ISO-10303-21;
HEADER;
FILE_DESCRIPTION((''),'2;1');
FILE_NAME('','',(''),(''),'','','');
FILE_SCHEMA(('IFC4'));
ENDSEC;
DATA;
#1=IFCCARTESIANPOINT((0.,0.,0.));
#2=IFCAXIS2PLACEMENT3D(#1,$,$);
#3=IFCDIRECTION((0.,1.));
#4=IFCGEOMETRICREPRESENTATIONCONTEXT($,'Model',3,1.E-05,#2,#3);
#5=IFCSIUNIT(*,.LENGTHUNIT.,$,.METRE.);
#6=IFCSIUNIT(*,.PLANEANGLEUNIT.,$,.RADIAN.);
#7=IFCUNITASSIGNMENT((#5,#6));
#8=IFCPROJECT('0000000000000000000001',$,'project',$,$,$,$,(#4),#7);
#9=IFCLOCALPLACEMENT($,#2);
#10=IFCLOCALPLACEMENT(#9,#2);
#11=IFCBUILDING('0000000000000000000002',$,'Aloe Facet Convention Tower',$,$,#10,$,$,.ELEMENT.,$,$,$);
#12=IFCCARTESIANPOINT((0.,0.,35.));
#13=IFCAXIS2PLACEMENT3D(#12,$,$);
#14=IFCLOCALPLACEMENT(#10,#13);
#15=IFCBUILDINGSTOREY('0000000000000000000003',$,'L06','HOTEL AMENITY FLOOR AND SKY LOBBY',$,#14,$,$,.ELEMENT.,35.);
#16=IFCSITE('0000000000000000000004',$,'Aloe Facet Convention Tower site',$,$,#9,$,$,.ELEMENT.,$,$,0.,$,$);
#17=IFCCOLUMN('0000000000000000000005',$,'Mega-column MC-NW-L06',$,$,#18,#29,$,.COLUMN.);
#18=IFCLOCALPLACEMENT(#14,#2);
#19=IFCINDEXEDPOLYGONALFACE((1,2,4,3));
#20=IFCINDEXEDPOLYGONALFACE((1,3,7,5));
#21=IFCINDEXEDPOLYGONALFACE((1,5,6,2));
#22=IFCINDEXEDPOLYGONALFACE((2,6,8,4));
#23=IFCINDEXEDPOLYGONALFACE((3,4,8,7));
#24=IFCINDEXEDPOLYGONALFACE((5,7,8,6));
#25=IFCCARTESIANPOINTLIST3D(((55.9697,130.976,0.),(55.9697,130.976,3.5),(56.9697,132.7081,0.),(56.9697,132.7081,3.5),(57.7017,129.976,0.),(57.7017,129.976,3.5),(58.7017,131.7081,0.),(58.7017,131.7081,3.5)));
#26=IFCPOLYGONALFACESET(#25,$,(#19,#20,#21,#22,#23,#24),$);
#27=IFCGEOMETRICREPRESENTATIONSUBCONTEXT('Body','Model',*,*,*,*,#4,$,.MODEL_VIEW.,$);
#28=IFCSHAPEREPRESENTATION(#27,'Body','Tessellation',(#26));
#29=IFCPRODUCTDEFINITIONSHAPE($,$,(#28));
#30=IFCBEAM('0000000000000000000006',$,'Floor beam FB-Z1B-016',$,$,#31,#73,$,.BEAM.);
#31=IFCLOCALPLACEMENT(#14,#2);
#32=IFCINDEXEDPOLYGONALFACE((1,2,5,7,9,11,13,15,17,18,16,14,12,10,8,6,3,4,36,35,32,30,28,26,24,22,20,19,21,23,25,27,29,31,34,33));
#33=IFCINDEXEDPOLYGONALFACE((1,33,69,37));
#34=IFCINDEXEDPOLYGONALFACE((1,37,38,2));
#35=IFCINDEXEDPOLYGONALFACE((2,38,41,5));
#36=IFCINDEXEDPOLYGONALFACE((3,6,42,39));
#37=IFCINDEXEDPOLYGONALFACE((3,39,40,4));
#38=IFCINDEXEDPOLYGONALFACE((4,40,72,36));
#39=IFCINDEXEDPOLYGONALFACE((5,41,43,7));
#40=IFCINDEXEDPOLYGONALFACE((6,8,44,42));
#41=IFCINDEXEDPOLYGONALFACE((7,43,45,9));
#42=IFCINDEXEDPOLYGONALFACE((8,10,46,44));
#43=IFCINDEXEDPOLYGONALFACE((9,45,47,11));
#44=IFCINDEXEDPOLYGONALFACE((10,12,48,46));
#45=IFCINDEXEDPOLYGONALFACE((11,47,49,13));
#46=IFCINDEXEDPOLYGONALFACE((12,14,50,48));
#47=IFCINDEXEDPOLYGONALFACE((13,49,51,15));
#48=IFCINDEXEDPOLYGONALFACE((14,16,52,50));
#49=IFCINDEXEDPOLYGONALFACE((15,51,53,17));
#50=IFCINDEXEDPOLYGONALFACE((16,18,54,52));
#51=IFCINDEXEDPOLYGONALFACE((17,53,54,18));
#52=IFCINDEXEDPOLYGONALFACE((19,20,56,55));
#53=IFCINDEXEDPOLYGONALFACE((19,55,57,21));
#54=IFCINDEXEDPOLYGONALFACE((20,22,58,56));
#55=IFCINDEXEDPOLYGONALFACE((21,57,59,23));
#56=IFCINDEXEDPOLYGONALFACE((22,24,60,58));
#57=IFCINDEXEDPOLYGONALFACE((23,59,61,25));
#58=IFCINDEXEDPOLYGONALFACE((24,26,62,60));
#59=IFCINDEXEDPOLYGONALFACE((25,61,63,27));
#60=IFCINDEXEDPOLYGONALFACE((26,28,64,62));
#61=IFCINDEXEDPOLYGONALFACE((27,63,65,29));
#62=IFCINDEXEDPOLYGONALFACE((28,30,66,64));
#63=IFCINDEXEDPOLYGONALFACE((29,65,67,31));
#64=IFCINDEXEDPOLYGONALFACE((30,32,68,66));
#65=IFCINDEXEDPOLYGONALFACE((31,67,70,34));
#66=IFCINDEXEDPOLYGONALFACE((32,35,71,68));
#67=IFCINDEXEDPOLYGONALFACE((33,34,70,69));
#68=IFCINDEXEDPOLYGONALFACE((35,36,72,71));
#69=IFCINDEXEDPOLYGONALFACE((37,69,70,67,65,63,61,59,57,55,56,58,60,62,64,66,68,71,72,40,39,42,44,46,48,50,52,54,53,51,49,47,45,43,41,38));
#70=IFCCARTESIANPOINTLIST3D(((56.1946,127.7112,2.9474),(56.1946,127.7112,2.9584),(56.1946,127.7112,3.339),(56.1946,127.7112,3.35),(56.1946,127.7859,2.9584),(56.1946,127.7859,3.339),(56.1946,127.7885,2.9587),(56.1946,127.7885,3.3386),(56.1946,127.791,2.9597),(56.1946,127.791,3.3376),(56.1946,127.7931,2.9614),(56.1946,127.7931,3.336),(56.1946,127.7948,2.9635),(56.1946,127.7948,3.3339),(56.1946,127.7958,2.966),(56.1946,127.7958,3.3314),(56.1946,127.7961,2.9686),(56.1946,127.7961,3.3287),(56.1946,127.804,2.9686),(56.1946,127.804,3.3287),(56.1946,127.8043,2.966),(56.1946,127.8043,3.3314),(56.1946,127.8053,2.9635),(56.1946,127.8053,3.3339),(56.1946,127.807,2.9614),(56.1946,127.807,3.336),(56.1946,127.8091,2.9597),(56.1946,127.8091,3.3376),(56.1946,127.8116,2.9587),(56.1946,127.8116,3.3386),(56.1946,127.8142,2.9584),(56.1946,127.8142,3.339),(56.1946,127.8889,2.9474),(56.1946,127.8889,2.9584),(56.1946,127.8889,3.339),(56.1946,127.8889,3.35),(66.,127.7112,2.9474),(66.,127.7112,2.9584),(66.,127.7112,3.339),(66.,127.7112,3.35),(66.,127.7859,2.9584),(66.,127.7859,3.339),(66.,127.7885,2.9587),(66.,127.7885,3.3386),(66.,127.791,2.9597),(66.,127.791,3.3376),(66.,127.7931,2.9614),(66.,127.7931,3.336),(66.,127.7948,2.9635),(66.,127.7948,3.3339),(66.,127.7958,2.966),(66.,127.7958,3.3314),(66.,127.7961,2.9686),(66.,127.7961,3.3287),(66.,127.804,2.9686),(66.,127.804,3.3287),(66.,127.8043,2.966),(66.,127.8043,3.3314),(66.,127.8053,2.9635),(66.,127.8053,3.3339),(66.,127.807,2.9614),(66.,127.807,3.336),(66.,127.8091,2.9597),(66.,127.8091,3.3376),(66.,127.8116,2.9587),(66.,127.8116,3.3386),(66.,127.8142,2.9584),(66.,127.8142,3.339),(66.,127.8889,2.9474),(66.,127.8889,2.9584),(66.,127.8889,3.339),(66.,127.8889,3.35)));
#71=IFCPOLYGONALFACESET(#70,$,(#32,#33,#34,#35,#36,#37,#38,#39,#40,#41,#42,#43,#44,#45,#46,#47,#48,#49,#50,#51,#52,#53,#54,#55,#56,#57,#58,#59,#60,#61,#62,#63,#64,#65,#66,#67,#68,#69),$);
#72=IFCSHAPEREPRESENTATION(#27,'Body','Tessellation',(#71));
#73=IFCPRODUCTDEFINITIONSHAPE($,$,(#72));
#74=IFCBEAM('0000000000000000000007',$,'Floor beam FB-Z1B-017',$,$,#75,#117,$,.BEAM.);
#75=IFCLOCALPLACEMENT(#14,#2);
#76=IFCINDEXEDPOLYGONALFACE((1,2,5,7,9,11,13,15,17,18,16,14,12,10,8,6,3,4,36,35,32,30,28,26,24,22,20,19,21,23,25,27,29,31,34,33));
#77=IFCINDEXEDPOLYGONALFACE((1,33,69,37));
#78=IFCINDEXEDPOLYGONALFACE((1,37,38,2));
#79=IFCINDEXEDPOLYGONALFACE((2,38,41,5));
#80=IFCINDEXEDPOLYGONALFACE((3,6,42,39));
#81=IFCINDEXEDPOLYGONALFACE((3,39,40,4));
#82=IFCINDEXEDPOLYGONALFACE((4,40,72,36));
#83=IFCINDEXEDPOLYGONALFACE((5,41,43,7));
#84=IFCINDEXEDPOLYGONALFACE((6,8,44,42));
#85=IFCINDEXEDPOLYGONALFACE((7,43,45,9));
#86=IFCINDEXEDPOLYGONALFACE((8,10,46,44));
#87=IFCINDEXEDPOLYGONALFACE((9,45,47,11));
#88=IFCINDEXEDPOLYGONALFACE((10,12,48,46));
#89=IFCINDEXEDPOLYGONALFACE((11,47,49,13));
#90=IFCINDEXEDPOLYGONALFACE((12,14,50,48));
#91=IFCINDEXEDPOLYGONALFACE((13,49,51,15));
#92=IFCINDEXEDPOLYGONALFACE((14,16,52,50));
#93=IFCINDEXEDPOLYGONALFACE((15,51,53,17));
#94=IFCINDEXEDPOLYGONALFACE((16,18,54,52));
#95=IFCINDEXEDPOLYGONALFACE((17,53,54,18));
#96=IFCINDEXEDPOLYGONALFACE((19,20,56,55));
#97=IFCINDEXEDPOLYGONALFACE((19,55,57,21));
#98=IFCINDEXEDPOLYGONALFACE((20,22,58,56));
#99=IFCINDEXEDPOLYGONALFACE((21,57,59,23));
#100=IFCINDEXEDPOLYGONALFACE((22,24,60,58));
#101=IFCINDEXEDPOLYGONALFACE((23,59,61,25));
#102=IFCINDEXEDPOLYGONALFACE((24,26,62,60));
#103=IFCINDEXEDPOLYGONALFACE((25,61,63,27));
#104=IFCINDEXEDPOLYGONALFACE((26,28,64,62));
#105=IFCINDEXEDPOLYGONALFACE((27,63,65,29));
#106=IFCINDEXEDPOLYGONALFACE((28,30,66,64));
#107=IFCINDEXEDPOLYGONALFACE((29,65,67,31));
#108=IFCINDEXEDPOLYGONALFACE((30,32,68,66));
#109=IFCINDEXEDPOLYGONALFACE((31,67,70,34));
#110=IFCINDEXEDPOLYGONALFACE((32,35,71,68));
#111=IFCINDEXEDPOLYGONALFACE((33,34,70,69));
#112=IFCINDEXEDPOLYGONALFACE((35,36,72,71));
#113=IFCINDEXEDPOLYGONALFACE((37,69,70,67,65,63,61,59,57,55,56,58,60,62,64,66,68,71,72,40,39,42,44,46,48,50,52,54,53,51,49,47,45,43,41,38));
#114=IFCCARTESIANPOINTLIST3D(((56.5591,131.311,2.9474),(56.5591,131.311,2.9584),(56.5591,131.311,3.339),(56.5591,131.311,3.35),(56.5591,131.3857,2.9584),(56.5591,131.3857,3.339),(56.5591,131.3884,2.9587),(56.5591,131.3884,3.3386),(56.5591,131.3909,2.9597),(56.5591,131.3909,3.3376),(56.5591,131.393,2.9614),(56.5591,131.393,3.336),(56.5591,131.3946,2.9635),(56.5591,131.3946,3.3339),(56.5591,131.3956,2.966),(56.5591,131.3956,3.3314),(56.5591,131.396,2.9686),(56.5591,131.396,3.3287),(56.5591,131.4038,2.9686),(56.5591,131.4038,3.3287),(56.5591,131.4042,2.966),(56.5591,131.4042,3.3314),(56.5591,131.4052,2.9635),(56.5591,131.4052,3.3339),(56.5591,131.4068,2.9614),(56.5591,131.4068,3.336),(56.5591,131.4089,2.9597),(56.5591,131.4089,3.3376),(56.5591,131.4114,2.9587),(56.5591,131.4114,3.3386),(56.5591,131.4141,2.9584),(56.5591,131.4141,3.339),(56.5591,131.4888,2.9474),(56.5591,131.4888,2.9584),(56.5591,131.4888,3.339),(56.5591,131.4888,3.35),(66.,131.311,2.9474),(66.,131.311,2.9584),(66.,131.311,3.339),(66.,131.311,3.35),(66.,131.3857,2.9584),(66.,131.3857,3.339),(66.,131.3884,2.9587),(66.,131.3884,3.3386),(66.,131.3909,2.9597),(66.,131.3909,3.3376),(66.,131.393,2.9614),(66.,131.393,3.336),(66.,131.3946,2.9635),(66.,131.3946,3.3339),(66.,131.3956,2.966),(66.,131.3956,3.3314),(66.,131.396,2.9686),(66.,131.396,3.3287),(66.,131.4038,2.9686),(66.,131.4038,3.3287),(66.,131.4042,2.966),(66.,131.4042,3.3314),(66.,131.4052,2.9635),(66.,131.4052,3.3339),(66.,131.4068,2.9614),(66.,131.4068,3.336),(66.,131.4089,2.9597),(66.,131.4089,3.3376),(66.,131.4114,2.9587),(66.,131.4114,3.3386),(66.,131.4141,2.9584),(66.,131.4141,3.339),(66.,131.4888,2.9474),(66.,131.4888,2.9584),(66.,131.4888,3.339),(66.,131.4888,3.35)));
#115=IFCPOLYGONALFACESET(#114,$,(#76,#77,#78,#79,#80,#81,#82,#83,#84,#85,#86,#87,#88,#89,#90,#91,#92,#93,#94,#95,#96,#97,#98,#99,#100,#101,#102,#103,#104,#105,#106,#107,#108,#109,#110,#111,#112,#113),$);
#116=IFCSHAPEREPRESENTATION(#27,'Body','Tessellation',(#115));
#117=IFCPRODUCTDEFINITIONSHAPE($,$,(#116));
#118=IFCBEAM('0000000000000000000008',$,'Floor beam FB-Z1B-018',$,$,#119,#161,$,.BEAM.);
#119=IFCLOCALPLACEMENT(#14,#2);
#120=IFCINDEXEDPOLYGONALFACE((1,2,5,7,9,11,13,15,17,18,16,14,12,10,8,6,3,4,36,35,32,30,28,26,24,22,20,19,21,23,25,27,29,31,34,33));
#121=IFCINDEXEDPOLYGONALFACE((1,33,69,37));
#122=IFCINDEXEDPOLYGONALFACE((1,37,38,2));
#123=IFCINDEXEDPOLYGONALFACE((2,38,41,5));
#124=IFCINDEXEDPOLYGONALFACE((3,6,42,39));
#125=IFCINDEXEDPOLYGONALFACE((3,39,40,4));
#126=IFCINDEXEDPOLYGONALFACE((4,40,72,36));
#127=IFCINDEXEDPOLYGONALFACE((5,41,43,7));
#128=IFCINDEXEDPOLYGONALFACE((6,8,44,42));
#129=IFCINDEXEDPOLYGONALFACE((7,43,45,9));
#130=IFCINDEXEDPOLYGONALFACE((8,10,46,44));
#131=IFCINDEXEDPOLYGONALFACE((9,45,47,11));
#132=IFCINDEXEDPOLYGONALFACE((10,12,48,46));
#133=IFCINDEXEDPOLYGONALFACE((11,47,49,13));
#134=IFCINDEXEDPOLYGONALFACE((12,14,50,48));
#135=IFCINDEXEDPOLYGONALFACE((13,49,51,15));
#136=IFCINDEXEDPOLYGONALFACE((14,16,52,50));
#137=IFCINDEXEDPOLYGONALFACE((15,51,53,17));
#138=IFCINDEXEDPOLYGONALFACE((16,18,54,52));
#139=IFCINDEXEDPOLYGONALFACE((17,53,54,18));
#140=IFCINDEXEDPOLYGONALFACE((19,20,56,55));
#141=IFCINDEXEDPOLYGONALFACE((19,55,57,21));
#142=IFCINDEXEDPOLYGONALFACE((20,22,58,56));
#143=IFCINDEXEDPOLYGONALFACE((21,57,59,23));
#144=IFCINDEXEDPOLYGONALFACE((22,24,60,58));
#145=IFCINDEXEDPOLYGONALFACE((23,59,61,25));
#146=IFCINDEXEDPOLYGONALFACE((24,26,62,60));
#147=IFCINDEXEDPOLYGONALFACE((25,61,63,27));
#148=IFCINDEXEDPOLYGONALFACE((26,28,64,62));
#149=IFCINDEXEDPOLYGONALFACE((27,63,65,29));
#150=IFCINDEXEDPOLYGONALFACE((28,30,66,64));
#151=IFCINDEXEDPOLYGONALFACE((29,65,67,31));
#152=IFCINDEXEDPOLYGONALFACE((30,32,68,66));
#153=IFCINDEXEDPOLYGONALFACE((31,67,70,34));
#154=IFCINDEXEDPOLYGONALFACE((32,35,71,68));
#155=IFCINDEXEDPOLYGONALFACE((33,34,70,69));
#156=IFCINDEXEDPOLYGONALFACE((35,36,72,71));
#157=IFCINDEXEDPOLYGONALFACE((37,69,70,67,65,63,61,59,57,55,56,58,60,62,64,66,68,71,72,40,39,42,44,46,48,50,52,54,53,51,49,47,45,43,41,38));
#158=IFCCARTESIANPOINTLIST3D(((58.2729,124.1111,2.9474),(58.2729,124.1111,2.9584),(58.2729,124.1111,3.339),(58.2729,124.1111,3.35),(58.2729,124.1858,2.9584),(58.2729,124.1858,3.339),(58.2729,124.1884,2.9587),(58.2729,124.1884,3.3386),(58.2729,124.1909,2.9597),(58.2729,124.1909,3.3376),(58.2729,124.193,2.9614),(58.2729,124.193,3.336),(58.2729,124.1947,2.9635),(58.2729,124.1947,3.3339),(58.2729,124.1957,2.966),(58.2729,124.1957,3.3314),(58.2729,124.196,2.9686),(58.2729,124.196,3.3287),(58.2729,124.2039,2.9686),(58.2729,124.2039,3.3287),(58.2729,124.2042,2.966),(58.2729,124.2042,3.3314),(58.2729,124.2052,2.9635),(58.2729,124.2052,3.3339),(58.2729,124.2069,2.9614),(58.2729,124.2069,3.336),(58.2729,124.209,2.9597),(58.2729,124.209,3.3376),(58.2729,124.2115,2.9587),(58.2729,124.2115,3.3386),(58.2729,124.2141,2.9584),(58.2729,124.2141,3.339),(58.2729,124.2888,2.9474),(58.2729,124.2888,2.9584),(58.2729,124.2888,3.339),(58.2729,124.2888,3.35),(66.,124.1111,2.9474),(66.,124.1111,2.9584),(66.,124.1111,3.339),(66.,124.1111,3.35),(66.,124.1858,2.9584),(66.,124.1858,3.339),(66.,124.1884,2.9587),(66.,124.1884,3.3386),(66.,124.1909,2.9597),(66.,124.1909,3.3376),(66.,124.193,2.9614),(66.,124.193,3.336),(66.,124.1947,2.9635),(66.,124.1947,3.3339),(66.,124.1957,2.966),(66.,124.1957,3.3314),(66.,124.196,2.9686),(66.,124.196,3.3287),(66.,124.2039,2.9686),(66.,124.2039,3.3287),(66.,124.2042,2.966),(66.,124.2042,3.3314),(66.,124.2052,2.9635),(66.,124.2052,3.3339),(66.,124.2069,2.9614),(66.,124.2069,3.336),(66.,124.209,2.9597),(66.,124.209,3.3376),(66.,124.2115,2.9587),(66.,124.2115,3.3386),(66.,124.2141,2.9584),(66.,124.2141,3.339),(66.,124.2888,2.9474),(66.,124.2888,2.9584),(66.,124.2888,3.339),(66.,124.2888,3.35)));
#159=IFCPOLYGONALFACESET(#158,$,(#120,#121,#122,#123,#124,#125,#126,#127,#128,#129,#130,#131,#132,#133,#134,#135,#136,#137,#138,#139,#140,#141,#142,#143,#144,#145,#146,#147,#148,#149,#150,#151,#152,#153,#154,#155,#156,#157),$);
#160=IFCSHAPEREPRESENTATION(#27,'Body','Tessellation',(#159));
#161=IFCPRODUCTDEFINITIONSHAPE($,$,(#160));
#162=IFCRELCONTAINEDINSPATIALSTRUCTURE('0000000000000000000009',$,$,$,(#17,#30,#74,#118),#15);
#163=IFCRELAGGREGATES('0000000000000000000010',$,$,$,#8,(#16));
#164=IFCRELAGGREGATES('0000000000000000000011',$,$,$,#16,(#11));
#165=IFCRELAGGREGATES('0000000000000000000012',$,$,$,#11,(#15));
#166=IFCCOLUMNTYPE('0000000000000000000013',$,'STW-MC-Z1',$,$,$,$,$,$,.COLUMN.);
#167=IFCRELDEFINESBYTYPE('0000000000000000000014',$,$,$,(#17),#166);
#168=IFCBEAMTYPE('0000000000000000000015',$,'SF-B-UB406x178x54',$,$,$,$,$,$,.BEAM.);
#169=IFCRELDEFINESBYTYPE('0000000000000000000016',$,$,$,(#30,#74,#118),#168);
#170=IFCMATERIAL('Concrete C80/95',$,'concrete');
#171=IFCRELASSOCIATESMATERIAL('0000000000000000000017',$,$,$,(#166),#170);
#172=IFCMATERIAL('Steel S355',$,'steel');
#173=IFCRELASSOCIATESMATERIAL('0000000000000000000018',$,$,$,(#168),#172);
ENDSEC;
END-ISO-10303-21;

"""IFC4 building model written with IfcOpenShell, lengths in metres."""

from ifc_helpers import new_model, si_unit, direction, frame, origin, origin_2d, place, context, subcontext, project, spatial, rectangle, i_section, extrude, material, material_profile, profile_set, type_object, element, save


model = new_model("IFC4")

# Units and contexts
model_context = context("Model", 3, precision=1e-05, world=origin(), true_north=direction((0.0, 1.0)))
body_context = subcontext(model_context, "Body", "Model", "MODEL_VIEW")
ifc_project = project(units=[si_unit("LENGTHUNIT", "METRE"), si_unit("PLANEANGLEUNIT", "RADIAN")], contexts=[model_context])

# Site, building, storey
site_placement = place(None, origin())
site = spatial("IfcSite", under=ifc_project, at=site_placement, Name="Aloe Facet Convention Tower site", CompositionType="ELEMENT", RefElevation=0.0)
building_placement = place(site_placement, origin())
building = spatial("IfcBuilding", under=site, at=building_placement, Name="Aloe Facet Convention Tower", CompositionType="ELEMENT")
storey_placement = place(building_placement, frame((0.0, 0.0, 35.0)))
storey = spatial("IfcBuildingStorey", under=building, at=storey_placement, Name="L06", Description="HOTEL AMENITY FLOOR AND SKY LOBBY", CompositionType="ELEMENT", Elevation=35.0)

# Column
ifc_material_1 = material(Name="Concrete C80/95", Category="concrete")
ifc_material_profile_1 = material_profile(ifc_material_1, rectangle(XDim=2.0, YDim=2.0, at=origin_2d()), Name="STW-MC-Z1")
ifc_profile_set_1 = profile_set([ifc_material_profile_1], Name="Concrete C80/95")
column_type = type_object("IfcColumnType", Name="STW-MC-Z1", PredefinedType="COLUMN", material=ifc_profile_set_1)
column_placement = place(storey_placement, frame((57.3357, 131.342, 0.0), z_axis=(0.0, 0.0, 1.0), x_axis=(-0.5, -0.866025, 0.0)))
element("IfcColumn", 1, at=column_placement, inside=storey, type_object=column_type, Name="Mega-column MC-NW-L06", PredefinedType="COLUMN", context=body_context, shape_type="SweptSolid", body=[
    extrude(rectangle(XDim=2.0, YDim=2.0, at=origin_2d()), origin(), (0.0, 0.0, 1.0), 3.5),
])

# Beams
ifc_material_2 = material(Name="Steel S355", Category="steel")
ifc_material_profile_2 = material_profile(ifc_material_2, i_section(OverallWidth=0.1777, OverallDepth=0.4026, WebThickness=0.0078, FlangeThickness=0.011, FilletRadius=0.0103, at=origin_2d()), Name="UB 406x178x54")
ifc_profile_set_2 = profile_set([ifc_material_profile_2], Name="Steel S355")
beam_type_1 = type_object("IfcBeamType", Name="SF-B-UB406x178x54", PredefinedType="BEAM", material=ifc_profile_set_2)
beam_1_placement = place(storey_placement, frame((56.1946, 127.8, 3.1487), z_axis=(1.0, 0.0, 0.0), x_axis=(0.0, 1.0, 0.0)))
element("IfcBeam", 2, at=beam_1_placement, inside=storey, type_object=beam_type_1, Name="Floor beam FB-Z1B-016", PredefinedType="BEAM", context=body_context, shape_type="SweptSolid", body=[
    extrude(i_section(OverallWidth=0.1777, OverallDepth=0.4026, WebThickness=0.0078, FlangeThickness=0.011, FilletRadius=0.0103, at=origin_2d()), origin(), (0.0, 0.0, 1.0), 9.8054),
])
beam_2_placement = place(storey_placement, frame((56.5591, 131.3999, 3.1487), z_axis=(1.0, 0.0, 0.0), x_axis=(0.0, 1.0, 0.0)))
element("IfcBeam", 3, at=beam_2_placement, inside=storey, type_object=beam_type_1, Name="Floor beam FB-Z1B-017", PredefinedType="BEAM", context=body_context, shape_type="SweptSolid", body=[
    extrude(i_section(OverallWidth=0.1777, OverallDepth=0.4026, WebThickness=0.0078, FlangeThickness=0.011, FilletRadius=0.0103, at=origin_2d()), origin(), (0.0, 0.0, 1.0), 9.4409),
])
beam_3_placement = place(storey_placement, frame((58.2729, 124.2, 3.1487), z_axis=(1.0, 0.0, 0.0), x_axis=(0.0, 1.0, 0.0)))
element("IfcBeam", 4, at=beam_3_placement, inside=storey, type_object=beam_type_1, Name="Floor beam FB-Z1B-018", PredefinedType="BEAM", context=body_context, shape_type="SweptSolid", body=[
    extrude(i_section(OverallWidth=0.1777, OverallDepth=0.4026, WebThickness=0.0078, FlangeThickness=0.011, FilletRadius=0.0103, at=origin_2d()), origin(), (0.0, 0.0, 1.0), 7.7271),
])

save(model, "model.ifc")
